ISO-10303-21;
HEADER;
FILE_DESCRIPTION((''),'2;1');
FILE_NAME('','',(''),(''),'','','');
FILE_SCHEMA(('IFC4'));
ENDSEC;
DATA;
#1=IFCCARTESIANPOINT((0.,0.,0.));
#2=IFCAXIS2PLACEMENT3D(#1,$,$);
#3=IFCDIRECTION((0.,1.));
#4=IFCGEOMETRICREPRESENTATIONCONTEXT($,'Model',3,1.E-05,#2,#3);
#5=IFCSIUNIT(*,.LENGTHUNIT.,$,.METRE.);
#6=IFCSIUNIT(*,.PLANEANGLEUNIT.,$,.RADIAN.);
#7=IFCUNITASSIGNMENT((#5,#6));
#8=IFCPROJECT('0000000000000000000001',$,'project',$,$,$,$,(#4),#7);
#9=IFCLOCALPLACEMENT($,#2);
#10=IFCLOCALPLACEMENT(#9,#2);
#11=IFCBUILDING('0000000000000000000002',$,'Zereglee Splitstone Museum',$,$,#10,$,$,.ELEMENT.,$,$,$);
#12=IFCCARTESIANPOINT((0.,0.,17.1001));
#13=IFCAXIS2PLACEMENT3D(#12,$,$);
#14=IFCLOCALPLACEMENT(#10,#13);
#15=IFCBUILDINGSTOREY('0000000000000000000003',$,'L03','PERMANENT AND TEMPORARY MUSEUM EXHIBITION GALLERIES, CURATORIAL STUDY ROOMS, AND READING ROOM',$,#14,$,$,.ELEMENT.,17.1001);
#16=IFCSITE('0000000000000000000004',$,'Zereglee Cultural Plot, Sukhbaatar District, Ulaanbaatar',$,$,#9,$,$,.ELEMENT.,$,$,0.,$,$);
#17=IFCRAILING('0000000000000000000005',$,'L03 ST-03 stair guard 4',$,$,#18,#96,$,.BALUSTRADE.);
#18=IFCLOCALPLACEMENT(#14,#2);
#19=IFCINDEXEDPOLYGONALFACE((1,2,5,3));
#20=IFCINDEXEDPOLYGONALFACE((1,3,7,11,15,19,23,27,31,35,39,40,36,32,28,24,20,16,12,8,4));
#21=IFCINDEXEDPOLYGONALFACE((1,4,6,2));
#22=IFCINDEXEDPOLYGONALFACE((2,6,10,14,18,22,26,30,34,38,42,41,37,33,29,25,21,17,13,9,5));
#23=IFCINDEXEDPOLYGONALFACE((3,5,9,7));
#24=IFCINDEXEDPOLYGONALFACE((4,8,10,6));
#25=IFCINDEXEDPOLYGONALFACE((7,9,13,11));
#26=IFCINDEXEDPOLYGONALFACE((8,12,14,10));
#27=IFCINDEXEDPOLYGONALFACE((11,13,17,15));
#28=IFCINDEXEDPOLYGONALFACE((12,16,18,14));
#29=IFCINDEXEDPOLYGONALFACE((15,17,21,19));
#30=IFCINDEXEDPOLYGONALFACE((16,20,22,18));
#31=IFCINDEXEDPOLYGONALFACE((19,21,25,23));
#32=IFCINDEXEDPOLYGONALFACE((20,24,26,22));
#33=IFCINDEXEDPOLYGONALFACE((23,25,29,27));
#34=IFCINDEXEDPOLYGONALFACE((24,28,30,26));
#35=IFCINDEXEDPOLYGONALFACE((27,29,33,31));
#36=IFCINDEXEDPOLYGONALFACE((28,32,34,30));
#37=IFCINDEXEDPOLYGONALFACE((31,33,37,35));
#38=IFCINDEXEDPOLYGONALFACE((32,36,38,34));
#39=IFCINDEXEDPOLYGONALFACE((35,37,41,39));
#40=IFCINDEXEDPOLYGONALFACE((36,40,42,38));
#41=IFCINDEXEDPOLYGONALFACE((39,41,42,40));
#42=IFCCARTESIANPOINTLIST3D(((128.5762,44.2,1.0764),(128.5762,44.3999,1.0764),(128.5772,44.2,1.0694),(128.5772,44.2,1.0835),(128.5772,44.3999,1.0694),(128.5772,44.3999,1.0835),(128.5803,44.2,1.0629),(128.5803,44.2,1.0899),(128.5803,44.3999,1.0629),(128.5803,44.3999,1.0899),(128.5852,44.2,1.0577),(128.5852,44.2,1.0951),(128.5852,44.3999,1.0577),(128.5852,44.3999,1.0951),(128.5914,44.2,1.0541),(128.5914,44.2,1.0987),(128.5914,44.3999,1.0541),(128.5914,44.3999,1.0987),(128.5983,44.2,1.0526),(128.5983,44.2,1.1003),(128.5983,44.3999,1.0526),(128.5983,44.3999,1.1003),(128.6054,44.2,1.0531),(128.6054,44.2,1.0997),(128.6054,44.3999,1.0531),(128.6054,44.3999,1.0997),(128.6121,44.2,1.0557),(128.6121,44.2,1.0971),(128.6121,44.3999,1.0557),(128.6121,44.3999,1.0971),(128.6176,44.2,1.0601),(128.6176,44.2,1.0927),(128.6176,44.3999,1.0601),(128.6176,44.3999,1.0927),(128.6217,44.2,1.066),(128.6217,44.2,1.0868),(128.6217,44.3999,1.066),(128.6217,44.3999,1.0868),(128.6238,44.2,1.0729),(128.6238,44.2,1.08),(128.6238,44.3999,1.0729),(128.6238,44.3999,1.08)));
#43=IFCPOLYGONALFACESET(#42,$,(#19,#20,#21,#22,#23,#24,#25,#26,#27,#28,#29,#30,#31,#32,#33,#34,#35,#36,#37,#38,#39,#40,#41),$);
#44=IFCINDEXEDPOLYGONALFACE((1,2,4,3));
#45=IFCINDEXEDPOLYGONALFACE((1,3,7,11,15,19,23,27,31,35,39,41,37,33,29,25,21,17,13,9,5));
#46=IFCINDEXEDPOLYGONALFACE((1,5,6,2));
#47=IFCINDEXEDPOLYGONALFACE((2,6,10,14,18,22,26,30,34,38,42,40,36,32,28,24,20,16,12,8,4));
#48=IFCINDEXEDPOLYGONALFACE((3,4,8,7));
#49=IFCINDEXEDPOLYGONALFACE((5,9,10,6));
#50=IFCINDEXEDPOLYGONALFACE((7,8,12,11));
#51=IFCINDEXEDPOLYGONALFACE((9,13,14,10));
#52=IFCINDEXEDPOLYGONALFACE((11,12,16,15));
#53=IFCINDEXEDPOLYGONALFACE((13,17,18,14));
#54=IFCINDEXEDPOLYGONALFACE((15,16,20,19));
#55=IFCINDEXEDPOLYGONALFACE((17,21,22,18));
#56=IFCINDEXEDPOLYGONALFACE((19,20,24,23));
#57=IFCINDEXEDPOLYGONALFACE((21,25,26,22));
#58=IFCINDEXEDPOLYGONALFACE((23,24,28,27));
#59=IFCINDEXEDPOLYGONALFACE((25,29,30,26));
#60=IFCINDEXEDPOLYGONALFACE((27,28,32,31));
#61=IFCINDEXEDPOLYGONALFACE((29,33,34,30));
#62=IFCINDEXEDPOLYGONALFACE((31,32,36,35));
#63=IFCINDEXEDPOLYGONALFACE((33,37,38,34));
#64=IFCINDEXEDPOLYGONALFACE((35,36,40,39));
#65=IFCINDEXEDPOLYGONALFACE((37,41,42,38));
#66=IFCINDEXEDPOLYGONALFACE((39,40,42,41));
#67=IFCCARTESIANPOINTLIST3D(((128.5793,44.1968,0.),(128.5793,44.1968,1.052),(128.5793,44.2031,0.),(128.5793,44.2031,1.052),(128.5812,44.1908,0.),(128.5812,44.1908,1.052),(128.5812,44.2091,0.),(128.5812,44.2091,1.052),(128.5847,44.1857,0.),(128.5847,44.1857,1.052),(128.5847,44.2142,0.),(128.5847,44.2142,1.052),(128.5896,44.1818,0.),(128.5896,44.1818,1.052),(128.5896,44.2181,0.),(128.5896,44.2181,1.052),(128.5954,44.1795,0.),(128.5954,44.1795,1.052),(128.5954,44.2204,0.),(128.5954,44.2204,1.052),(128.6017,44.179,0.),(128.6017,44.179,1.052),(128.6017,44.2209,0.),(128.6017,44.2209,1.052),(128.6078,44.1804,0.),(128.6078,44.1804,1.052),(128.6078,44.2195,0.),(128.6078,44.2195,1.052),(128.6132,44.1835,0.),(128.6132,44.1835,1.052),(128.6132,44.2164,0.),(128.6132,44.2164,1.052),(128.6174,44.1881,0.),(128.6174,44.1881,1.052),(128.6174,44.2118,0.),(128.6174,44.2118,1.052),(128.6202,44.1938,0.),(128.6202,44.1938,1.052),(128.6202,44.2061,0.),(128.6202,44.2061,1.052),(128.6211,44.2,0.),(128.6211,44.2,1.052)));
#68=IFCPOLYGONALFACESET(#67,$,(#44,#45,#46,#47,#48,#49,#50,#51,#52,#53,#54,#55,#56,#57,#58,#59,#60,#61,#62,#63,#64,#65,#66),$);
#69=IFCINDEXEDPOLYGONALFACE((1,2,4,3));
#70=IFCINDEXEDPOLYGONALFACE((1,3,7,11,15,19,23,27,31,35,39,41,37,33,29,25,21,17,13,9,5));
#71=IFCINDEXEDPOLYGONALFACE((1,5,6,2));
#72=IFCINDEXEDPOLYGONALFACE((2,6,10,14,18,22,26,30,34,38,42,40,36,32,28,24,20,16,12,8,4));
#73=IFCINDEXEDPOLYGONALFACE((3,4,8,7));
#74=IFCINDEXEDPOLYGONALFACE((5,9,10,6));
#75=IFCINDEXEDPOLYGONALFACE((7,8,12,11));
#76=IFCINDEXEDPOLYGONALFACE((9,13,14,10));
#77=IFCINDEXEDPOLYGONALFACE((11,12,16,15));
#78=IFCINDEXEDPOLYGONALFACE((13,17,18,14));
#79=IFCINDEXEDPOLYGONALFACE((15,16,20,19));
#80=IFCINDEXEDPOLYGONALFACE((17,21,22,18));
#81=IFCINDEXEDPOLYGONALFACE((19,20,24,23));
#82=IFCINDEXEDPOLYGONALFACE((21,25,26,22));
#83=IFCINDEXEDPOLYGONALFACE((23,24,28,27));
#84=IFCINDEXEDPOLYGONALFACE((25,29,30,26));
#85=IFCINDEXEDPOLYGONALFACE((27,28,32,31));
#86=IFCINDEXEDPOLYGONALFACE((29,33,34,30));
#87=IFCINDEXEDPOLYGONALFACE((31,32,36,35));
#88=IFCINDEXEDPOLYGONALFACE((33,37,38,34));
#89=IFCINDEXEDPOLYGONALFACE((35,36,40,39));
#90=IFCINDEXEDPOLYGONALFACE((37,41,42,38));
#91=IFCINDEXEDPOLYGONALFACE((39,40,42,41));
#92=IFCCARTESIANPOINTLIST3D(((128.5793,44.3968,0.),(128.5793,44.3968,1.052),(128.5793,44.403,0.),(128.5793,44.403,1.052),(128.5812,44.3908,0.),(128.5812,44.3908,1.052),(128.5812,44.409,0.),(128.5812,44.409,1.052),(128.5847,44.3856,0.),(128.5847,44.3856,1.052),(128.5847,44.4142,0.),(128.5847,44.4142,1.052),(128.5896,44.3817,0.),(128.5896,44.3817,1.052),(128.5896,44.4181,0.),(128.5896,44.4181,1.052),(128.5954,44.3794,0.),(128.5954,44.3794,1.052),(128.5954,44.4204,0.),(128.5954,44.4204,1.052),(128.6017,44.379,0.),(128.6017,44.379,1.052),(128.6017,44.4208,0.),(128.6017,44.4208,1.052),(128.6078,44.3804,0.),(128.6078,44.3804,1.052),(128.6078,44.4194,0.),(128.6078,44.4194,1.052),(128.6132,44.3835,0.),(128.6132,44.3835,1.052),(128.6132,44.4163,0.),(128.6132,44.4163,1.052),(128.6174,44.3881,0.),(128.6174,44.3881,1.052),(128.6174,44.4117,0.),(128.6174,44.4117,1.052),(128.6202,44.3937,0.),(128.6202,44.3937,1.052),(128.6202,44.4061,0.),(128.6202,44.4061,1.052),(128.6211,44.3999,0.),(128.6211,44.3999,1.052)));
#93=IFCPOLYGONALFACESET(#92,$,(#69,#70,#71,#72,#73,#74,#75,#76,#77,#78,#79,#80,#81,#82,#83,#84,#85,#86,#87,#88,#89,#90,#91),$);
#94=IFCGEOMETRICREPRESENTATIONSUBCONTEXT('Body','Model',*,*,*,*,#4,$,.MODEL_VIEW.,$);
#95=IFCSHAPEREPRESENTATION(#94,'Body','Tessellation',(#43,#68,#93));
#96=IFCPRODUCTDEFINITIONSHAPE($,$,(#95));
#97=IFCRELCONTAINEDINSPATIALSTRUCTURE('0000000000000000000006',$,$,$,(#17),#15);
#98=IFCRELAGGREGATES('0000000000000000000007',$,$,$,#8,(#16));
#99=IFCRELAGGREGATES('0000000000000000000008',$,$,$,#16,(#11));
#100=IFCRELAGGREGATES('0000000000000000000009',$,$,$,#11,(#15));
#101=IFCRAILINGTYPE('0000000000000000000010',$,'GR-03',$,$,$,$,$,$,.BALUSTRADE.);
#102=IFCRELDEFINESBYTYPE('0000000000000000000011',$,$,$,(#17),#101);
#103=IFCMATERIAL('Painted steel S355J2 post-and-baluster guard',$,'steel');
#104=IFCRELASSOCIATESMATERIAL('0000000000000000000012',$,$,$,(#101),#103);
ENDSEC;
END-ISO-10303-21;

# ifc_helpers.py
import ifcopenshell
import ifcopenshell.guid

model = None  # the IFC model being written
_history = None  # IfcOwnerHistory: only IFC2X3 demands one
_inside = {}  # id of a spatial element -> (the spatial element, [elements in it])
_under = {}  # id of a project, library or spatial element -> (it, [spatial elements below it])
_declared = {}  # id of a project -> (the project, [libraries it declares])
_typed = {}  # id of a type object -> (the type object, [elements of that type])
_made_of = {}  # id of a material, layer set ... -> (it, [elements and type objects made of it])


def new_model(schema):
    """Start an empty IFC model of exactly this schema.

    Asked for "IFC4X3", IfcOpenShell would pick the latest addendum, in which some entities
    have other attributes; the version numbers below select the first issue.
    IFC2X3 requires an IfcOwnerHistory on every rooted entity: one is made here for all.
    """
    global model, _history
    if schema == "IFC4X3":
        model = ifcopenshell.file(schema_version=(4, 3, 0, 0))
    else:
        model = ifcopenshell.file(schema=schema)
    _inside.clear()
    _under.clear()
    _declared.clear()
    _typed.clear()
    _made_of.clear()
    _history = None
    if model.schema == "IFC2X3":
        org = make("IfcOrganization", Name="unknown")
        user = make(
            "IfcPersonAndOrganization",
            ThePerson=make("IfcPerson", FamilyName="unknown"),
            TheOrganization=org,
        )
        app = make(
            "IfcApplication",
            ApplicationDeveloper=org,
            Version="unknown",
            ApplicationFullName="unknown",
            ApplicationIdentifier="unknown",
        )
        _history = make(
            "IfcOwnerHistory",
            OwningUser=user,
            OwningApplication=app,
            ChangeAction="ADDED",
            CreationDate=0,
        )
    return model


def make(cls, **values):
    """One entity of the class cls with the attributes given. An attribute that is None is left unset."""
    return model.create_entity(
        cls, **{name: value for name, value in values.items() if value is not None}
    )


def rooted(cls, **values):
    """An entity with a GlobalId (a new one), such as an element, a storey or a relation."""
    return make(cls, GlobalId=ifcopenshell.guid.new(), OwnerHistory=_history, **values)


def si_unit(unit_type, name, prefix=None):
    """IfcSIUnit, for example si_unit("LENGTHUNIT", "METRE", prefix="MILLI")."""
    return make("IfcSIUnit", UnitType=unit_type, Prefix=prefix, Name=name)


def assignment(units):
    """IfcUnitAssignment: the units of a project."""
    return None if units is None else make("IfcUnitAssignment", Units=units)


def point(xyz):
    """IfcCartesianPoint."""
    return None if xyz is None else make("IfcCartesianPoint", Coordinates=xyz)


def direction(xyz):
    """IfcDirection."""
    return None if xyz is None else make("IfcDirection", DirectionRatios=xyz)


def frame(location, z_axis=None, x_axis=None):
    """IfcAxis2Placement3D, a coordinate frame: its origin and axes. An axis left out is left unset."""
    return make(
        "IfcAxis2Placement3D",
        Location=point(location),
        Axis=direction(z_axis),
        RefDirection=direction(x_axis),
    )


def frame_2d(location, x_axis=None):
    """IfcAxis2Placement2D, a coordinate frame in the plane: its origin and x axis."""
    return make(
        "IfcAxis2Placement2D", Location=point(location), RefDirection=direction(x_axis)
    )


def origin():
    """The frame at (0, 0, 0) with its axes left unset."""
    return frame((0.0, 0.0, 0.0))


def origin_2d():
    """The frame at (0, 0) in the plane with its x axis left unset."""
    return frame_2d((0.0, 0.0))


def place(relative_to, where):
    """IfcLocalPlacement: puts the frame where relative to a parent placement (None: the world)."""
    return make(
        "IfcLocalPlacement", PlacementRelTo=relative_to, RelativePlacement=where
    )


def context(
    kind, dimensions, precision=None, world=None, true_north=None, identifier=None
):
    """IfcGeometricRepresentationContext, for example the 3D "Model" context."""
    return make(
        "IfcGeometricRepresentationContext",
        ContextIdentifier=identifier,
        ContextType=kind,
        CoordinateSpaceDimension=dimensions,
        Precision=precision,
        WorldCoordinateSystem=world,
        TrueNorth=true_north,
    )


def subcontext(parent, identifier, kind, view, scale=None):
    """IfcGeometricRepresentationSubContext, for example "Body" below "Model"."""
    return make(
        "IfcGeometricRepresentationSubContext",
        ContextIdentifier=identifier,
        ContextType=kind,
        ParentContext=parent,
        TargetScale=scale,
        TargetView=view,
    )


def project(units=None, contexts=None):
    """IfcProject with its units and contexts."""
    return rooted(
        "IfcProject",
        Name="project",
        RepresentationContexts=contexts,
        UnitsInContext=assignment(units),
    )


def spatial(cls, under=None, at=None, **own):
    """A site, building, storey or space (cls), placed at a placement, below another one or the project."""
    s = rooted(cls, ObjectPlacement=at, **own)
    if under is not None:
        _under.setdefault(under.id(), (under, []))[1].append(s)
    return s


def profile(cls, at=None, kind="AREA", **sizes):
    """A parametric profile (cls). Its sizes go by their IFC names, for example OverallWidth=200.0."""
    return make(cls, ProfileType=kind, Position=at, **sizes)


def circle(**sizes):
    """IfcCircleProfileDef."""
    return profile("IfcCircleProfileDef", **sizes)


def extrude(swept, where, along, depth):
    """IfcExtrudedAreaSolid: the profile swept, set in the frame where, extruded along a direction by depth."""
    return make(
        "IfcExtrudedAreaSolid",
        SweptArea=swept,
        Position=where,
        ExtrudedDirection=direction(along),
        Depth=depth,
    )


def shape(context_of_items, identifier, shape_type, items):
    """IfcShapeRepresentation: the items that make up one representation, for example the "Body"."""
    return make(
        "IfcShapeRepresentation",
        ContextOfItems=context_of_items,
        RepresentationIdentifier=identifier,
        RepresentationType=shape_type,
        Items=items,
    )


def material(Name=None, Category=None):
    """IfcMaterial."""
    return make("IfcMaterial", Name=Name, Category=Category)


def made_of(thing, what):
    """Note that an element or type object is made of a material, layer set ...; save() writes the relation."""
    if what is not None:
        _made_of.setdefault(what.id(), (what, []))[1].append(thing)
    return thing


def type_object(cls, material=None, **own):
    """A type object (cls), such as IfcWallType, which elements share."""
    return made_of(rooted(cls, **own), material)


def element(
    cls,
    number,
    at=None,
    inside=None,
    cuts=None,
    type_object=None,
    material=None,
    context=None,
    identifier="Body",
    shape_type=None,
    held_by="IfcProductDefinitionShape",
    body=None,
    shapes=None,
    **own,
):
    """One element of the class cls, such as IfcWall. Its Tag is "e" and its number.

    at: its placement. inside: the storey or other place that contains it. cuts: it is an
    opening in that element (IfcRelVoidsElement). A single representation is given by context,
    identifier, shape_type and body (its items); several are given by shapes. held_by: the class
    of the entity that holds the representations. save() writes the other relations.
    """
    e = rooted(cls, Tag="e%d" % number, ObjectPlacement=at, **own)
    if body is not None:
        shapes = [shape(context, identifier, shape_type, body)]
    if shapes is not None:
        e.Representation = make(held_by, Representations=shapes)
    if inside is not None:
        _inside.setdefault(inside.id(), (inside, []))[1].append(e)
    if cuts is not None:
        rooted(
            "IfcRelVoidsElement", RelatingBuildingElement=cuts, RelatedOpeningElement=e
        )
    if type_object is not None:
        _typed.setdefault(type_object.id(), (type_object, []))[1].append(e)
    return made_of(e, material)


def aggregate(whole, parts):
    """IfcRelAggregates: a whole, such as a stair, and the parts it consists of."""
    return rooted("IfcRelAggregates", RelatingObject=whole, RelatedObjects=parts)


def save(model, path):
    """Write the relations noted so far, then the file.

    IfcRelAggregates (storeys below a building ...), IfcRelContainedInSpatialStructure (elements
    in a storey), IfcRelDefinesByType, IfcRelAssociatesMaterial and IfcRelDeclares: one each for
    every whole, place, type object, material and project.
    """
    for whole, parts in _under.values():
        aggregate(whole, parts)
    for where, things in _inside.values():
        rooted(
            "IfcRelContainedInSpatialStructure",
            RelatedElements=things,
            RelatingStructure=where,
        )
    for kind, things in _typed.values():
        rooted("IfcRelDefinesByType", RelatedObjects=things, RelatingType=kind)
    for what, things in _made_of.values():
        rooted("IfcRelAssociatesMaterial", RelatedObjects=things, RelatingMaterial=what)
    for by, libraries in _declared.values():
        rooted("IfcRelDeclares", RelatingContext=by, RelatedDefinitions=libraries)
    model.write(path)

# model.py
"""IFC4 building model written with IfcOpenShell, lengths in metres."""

from ifc_helpers import new_model, si_unit, direction, frame, origin, origin_2d, place, context, subcontext, project, spatial, circle, extrude, material, type_object, element, save


model = new_model("IFC4")

# Units and contexts
model_context = context("Model", 3, precision=1e-05, world=origin(), true_north=direction((0.0, 1.0)))
body_context = subcontext(model_context, "Body", "Model", "MODEL_VIEW")
ifc_project = project(units=[si_unit("LENGTHUNIT", "METRE"), si_unit("PLANEANGLEUNIT", "RADIAN")], contexts=[model_context])

# Site, building, storey
site_placement = place(None, origin())
site = spatial("IfcSite", under=ifc_project, at=site_placement, Name="Zereglee Cultural Plot, Sukhbaatar District, Ulaanbaatar", CompositionType="ELEMENT", RefElevation=0.0)
building_placement = place(site_placement, origin())
building = spatial("IfcBuilding", under=site, at=building_placement, Name="Zereglee Splitstone Museum", CompositionType="ELEMENT")
storey_placement = place(building_placement, frame((0.0, 0.0, 17.1001)))
storey = spatial("IfcBuildingStorey", under=building, at=storey_placement, Name="L03", Description="PERMANENT AND TEMPORARY MUSEUM EXHIBITION GALLERIES, CURATORIAL STUDY ROOMS, AND READING ROOM", CompositionType="ELEMENT", Elevation=17.1001)

# Railing
ifc_material_1 = material(Name="Painted steel S355J2 post-and-baluster guard", Category="steel")
railing_type_1 = type_object("IfcRailingType", Name="GR-03", PredefinedType="BALUSTRADE", material=ifc_material_1)
railing_1_placement = place(storey_placement, frame((128.6001, 44.2, 0.0)))
element("IfcRailing", 1, at=railing_1_placement, inside=storey, type_object=railing_type_1, Name="L03 ST-03 stair guard 4", PredefinedType="BALUSTRADE", context=body_context, shape_type="SweptSolid", body=[
    extrude(circle(Radius=0.0239, at=origin_2d()), frame((0.0, 0.0, 1.0764), z_axis=(0.0, 1.0, 0.0), x_axis=(-1.0, 0.0, 0.0)), (0.0, 0.0, 1.0), 0.2),
    extrude(circle(Radius=0.021, at=origin_2d()), origin(), (0.0, 0.0, 1.0), 1.052),
    extrude(circle(Radius=0.021, at=origin_2d()), frame((0.0, 0.2, 0.0)), (0.0, 0.0, 1.0), 1.052),
])

save(model, "model.ifc")
